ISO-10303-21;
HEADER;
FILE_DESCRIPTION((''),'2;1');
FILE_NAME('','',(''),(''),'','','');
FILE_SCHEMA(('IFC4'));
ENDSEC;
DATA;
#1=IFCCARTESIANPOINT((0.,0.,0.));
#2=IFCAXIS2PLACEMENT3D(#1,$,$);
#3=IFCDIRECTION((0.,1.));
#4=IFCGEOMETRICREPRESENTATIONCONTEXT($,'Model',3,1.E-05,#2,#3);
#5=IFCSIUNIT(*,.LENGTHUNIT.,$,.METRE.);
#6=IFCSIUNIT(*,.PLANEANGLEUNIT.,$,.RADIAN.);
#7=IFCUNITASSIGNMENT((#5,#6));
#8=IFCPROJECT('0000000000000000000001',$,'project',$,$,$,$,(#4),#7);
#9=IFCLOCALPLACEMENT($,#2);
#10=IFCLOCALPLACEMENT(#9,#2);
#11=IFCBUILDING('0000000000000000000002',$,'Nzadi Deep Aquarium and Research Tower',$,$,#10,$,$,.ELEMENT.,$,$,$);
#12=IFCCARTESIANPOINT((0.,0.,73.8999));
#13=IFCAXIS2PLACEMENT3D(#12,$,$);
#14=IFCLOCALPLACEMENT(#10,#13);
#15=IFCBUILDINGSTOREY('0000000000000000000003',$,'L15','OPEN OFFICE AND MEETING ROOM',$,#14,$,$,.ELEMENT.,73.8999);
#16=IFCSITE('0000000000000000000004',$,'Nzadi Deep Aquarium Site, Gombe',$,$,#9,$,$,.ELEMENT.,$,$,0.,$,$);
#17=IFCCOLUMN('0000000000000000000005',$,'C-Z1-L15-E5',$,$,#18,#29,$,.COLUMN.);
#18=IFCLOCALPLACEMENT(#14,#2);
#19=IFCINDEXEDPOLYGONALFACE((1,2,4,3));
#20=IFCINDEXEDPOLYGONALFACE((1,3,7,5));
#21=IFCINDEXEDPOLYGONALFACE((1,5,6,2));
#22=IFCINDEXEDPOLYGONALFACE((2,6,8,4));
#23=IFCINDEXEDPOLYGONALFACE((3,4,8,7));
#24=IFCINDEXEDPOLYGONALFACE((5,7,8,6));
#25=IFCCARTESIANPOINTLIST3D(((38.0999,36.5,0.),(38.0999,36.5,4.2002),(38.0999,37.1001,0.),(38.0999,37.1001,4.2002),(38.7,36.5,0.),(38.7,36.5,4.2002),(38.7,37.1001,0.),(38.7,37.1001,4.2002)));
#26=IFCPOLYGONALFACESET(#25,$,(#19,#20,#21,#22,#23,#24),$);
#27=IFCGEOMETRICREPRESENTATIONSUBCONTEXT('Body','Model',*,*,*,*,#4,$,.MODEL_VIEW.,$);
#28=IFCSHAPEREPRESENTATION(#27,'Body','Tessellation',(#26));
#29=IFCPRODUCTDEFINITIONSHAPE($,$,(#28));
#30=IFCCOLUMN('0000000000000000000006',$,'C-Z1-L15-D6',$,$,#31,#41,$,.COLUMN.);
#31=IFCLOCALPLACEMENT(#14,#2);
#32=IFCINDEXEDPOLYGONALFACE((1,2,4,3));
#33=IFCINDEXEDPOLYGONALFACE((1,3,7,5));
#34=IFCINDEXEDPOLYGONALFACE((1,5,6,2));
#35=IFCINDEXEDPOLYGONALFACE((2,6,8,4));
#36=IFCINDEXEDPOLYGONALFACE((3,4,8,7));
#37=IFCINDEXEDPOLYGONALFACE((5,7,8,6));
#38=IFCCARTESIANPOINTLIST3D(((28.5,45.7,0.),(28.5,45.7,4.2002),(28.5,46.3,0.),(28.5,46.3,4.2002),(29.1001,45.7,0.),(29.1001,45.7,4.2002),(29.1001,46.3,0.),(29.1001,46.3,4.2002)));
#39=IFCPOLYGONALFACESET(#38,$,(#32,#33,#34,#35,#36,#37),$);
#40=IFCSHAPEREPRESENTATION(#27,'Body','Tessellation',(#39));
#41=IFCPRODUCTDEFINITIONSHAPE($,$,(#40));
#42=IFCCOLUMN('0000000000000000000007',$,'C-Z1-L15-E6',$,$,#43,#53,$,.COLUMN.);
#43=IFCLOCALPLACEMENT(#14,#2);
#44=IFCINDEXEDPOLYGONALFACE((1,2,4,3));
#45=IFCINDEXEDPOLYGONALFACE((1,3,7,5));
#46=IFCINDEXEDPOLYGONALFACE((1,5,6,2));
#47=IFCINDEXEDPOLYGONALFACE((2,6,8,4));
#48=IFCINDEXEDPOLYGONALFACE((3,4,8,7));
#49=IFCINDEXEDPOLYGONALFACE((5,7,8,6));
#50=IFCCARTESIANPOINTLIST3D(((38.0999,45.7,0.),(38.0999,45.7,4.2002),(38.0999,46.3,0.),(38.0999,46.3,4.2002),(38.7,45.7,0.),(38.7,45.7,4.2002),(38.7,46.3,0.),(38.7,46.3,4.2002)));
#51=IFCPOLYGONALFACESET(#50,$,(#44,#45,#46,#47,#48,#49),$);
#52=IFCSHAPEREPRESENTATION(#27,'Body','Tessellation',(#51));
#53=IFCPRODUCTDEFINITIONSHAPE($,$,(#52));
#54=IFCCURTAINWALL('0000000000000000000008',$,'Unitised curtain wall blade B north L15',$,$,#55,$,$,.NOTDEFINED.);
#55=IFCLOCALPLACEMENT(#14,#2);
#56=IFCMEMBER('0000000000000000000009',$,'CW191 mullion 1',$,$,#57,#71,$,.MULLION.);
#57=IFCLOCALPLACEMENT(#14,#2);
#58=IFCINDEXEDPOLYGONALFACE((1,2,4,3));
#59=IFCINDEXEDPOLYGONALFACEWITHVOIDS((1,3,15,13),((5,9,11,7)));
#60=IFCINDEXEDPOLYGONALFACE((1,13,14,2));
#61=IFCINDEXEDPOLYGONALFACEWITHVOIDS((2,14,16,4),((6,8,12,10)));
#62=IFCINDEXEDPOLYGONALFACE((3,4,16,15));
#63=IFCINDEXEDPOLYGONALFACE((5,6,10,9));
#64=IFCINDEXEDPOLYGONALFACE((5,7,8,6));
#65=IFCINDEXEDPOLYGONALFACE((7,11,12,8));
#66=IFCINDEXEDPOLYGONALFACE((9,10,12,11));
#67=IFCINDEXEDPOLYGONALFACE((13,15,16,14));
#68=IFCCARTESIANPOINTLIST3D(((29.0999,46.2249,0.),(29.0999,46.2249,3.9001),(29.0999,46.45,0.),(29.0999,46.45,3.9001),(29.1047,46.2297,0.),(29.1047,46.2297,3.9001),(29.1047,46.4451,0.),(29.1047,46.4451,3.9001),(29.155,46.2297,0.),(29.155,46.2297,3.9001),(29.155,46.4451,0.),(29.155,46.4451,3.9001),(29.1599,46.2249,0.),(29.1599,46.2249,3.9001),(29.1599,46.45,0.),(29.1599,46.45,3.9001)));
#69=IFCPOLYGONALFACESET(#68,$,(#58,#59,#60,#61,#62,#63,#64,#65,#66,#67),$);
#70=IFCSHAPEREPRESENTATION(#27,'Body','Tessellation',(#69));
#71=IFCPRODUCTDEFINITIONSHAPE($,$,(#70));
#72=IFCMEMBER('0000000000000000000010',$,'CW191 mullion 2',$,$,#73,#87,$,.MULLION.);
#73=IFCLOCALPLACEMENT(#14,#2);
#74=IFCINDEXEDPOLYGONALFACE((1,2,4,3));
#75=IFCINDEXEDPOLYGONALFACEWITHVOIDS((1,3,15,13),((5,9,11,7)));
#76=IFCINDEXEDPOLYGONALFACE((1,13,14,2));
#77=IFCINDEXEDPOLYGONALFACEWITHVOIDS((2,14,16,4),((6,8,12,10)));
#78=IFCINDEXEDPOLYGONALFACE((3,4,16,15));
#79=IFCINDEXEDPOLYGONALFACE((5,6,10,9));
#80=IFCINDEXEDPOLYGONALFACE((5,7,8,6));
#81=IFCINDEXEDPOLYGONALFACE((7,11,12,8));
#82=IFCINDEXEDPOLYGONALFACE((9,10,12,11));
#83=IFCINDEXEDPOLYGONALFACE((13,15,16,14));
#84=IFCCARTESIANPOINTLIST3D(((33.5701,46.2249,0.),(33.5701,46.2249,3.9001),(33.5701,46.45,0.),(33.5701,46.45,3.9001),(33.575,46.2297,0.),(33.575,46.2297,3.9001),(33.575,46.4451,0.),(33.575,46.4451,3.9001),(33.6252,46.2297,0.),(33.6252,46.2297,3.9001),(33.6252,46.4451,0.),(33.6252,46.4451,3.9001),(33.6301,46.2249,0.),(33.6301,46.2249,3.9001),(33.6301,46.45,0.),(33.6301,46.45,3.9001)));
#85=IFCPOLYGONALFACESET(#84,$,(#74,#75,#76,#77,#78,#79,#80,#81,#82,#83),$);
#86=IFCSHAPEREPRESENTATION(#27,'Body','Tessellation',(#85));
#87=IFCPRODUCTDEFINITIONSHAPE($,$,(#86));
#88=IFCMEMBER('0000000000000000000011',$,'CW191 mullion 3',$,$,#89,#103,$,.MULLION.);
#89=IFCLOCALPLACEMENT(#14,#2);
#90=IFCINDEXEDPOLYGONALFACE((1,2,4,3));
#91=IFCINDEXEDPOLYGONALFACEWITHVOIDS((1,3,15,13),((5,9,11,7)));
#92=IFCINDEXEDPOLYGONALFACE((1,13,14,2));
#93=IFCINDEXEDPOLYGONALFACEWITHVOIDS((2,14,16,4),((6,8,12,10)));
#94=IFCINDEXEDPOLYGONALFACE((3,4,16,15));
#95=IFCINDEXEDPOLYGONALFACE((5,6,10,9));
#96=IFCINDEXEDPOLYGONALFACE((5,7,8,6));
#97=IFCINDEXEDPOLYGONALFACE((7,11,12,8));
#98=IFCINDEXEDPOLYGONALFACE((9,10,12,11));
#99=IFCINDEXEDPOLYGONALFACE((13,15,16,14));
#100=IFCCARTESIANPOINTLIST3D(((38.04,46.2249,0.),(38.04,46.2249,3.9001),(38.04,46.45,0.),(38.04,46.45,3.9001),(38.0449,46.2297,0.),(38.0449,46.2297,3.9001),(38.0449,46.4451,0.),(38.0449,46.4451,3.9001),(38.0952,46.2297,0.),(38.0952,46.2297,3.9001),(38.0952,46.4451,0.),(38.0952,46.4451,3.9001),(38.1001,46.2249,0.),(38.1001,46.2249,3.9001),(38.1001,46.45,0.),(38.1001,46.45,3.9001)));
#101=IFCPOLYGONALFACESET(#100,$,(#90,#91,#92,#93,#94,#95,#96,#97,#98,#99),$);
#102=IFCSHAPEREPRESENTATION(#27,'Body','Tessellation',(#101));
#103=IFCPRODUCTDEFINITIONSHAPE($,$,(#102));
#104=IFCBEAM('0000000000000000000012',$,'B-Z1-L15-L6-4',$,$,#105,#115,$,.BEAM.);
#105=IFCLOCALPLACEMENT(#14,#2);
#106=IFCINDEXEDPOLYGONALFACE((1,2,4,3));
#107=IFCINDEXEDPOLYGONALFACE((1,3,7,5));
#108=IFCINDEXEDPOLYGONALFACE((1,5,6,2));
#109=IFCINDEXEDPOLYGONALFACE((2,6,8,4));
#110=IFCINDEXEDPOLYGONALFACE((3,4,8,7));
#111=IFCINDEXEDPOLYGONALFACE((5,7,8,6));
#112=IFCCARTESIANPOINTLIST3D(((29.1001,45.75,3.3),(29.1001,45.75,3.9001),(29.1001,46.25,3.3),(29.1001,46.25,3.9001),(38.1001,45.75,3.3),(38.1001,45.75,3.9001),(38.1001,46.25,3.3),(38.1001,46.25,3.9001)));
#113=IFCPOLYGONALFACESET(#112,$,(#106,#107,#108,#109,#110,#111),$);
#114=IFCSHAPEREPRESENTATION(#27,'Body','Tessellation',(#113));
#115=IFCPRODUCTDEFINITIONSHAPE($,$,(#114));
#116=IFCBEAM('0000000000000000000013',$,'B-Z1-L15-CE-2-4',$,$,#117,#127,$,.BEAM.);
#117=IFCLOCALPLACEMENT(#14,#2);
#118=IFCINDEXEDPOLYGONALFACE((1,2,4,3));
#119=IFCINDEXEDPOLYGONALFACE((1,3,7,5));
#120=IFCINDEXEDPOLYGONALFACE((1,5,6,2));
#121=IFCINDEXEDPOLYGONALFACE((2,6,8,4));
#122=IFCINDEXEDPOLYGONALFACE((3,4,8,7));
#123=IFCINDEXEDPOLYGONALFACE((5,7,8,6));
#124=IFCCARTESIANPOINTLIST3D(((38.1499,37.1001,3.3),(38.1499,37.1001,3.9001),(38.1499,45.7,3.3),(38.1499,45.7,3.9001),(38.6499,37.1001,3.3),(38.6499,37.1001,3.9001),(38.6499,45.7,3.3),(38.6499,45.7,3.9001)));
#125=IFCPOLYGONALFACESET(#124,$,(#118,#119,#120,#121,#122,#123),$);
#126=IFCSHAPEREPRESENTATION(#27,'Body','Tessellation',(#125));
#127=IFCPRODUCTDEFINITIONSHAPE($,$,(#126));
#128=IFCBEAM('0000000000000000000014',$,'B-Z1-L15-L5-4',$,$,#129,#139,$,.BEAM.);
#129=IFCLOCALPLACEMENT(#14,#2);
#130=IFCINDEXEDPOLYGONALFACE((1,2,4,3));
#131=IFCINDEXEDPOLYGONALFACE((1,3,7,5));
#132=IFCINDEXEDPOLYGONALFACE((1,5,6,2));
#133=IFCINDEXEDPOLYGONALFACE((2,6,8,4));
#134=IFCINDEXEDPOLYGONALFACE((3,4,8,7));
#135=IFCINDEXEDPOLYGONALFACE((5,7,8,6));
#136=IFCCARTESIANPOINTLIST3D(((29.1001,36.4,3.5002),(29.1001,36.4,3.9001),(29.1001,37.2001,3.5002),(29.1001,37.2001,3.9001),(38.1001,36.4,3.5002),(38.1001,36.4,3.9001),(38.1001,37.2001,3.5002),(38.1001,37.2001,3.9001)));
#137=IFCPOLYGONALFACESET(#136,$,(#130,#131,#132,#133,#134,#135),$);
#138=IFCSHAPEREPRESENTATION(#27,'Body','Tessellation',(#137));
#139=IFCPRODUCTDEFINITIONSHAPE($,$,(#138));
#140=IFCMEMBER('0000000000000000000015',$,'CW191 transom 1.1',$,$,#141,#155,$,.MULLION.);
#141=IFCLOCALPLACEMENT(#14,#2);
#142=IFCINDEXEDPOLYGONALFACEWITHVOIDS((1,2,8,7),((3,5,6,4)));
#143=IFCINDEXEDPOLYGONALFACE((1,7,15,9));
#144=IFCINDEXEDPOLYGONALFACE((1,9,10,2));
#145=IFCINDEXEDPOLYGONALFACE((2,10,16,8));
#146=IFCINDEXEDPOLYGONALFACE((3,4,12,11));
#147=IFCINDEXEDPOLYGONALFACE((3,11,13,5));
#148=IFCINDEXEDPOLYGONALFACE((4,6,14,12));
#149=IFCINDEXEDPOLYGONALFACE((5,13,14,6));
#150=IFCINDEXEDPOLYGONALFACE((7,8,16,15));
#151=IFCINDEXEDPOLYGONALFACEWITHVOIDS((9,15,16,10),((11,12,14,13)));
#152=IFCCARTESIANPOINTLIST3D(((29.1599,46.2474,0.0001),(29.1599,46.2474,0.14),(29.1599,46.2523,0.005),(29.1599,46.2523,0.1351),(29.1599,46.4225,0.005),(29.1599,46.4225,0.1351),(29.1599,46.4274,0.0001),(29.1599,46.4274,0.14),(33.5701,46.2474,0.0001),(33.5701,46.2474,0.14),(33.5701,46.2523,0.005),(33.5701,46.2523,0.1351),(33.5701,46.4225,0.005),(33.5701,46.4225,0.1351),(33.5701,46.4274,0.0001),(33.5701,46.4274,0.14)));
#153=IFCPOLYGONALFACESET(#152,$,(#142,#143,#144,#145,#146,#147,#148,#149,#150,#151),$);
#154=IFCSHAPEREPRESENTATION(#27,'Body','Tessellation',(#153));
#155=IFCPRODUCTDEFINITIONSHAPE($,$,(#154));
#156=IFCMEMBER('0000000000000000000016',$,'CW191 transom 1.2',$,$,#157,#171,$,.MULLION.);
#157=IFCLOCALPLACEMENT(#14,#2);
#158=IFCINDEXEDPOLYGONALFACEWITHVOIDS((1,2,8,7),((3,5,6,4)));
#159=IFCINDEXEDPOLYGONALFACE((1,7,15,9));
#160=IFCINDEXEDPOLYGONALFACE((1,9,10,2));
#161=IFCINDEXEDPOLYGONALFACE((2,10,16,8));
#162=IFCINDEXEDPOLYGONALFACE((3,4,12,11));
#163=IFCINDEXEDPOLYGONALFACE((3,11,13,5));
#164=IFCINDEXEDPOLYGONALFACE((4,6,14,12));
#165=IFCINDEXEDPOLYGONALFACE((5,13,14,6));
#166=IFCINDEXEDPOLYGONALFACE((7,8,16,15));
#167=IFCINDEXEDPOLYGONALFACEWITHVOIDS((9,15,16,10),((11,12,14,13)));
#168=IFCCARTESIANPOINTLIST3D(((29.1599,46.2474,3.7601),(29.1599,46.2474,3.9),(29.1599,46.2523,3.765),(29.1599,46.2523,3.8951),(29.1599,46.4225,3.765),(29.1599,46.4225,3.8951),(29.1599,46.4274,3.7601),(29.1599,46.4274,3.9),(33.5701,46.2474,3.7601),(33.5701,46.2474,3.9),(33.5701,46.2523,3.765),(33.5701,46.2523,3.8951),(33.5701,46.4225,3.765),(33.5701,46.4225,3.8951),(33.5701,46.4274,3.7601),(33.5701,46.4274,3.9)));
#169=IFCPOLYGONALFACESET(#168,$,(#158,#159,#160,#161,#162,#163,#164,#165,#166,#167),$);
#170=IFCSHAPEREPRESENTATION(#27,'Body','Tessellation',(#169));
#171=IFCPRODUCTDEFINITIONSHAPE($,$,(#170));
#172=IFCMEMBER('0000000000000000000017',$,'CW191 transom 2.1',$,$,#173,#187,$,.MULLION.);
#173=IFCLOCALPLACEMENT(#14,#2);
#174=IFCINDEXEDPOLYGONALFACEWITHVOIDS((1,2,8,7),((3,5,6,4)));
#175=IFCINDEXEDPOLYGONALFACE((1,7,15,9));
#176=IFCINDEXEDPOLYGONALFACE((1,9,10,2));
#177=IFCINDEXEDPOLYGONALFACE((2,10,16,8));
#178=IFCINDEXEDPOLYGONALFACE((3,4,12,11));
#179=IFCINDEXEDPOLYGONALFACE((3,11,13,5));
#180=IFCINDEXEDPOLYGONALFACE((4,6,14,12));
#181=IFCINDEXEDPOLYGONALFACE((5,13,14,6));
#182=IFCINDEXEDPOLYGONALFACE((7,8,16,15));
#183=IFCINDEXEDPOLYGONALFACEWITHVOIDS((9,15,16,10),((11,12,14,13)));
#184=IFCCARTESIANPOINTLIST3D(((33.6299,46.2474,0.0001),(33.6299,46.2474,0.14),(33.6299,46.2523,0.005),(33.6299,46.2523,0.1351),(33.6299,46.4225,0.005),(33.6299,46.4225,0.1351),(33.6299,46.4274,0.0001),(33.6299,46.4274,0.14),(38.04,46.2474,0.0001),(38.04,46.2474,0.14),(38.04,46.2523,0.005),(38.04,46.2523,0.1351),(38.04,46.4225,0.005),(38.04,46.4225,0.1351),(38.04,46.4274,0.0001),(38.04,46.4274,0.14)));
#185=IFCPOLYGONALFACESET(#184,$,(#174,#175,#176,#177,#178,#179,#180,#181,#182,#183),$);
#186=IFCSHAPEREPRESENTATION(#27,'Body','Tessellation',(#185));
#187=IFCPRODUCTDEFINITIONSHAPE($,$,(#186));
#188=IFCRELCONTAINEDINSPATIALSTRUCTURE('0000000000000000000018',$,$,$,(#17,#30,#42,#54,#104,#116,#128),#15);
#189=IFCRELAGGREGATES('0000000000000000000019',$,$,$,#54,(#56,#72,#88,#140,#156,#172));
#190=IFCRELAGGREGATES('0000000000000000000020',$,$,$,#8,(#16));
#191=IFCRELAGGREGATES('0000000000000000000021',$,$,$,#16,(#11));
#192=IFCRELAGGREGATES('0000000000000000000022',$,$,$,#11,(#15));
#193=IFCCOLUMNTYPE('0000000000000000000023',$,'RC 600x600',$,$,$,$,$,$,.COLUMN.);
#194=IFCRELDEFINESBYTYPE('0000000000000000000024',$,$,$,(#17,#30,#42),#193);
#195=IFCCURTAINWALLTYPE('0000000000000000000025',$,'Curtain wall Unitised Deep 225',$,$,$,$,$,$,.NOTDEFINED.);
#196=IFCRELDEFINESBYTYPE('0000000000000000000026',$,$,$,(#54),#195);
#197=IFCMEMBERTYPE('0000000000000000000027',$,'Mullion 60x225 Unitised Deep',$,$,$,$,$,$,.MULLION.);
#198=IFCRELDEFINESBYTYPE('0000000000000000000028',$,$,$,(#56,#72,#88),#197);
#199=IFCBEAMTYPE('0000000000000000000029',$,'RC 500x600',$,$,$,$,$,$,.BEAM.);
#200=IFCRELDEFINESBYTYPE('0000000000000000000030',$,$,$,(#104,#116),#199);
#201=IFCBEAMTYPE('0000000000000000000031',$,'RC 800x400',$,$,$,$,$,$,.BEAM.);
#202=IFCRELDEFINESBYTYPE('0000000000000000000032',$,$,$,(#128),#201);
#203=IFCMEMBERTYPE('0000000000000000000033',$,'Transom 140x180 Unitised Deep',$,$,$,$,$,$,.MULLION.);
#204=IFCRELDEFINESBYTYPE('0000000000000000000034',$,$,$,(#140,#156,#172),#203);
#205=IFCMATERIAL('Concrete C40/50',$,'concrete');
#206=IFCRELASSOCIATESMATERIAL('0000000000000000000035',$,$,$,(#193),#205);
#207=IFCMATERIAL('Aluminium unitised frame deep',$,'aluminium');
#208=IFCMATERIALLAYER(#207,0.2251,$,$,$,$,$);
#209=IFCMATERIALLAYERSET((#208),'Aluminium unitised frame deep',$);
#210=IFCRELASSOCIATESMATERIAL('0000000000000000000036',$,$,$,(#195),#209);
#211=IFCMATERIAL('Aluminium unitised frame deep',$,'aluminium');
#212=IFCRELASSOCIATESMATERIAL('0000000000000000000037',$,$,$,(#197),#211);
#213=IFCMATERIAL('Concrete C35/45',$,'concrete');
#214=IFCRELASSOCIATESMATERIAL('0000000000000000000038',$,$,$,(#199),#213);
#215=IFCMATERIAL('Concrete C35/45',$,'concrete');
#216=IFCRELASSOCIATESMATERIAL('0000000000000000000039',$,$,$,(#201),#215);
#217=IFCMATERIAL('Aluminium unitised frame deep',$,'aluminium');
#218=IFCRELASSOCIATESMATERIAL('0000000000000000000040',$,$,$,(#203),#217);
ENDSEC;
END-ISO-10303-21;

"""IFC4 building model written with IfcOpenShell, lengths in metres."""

from ifc_helpers import new_model, si_unit, direction, frame, origin, origin_2d, place, context, subcontext, project, spatial, rectangle, hollow_rectangle, extrude, material, layer, layer_set, material_profile, profile_set, type_object, element, aggregate, save


model = new_model("IFC4")

# Units and contexts
model_context = context("Model", 3, precision=1e-05, world=origin(), true_north=direction((0.0, 1.0)))
body_context = subcontext(model_context, "Body", "Model", "MODEL_VIEW")
ifc_project = project(units=[si_unit("LENGTHUNIT", "METRE"), si_unit("PLANEANGLEUNIT", "RADIAN")], contexts=[model_context])

# Site, building, storey
site_placement = place(None, origin())
site = spatial("IfcSite", under=ifc_project, at=site_placement, Name="Nzadi Deep Aquarium Site, Gombe", CompositionType="ELEMENT", RefElevation=0.0)
building_placement = place(site_placement, origin())
building = spatial("IfcBuilding", under=site, at=building_placement, Name="Nzadi Deep Aquarium and Research Tower", CompositionType="ELEMENT")
storey_placement = place(building_placement, frame((0.0, 0.0, 73.8999)))
storey = spatial("IfcBuildingStorey", under=building, at=storey_placement, Name="L15", Description="OPEN OFFICE AND MEETING ROOM", CompositionType="ELEMENT", Elevation=73.8999)

# Columns
ifc_material_1 = material(Name="Concrete C40/50", Category="concrete")
ifc_material_profile_1 = material_profile(ifc_material_1, rectangle(XDim=0.6001, YDim=0.6001, at=origin_2d()))
ifc_profile_set_1 = profile_set([ifc_material_profile_1], Name="Concrete C40/50")
column_type = type_object("IfcColumnType", Name="RC 600x600", PredefinedType="COLUMN", material=ifc_profile_set_1)
for number, where, z_axis, x_axis, name in (
    (1, (38.3999, 36.8, 0.0), (0.0, 0.0, 1.0), (1.0, 0.0, 0.0), "C-Z1-L15-E5"),
    (2, (28.8, 46.0, 0.0), (0.0, 0.0, 1.0), (1.0, 0.0, 0.0), "C-Z1-L15-D6"),
    (3, (38.3999, 46.0, 0.0), (0.0, 0.0, 1.0), (1.0, 0.0, 0.0), "C-Z1-L15-E6"),
):
    element("IfcColumn", number, at=place(storey_placement, frame(where, z_axis=z_axis, x_axis=x_axis)), inside=storey, type_object=column_type, Name=name, PredefinedType="COLUMN", context=body_context, shape_type="SweptSolid", body=[
        extrude(rectangle(XDim=0.6001, YDim=0.6001, at=origin_2d()), origin(), (0.0, 0.0, 1.0), 4.2002),
    ])

# Curtain wall, members
ifc_material_2 = material(Name="Aluminium unitised frame deep", Category="aluminium")
ifc_layer_1 = layer(ifc_material_2, 0.2251)
ifc_layer_set_1 = layer_set([ifc_layer_1], Name="Aluminium unitised frame deep")
curtain_wall_type = type_object("IfcCurtainWallType", Name="Curtain wall Unitised Deep 225", PredefinedType="NOTDEFINED", material=ifc_layer_set_1)
curtain_wall_placement = place(storey_placement, origin())
curtain_wall = element("IfcCurtainWall", 4, at=curtain_wall_placement, inside=storey, type_object=curtain_wall_type, Name="Unitised curtain wall blade B north L15", PredefinedType="NOTDEFINED")
ifc_material_3 = material(Name="Aluminium unitised frame deep", Category="aluminium")
ifc_material_profile_2 = material_profile(ifc_material_3, hollow_rectangle(XDim=0.2251, YDim=0.0601, WallThickness=0.0049, at=origin_2d()))
ifc_profile_set_2 = profile_set([ifc_material_profile_2], Name="Aluminium unitised frame deep")
member_type_1 = type_object("IfcMemberType", Name="Mullion 60x225 Unitised Deep", PredefinedType="MULLION", material=ifc_profile_set_2)
member_1_placement = place(storey_placement, frame((29.1299, 46.3374, 0.0), z_axis=(0.0, 0.0, 1.0), x_axis=(0.0, 1.0, 0.0)))
member_1 = element("IfcMember", 5, at=member_1_placement, type_object=member_type_1, Name="CW191 mullion 1", PredefinedType="MULLION", context=body_context, shape_type="SweptSolid", body=[
    extrude(hollow_rectangle(XDim=0.2251, YDim=0.0601, WallThickness=0.0049, at=origin_2d()), origin(), (0.0, 0.0, 1.0), 3.9001),
])
member_2_placement = place(storey_placement, frame((33.6001, 46.3374, 0.0), z_axis=(0.0, 0.0, 1.0), x_axis=(0.0, 1.0, 0.0)))
member_2 = element("IfcMember", 6, at=member_2_placement, type_object=member_type_1, Name="CW191 mullion 2", PredefinedType="MULLION", context=body_context, shape_type="SweptSolid", body=[
    extrude(hollow_rectangle(XDim=0.2251, YDim=0.0601, WallThickness=0.0049, at=origin_2d()), origin(), (0.0, 0.0, 1.0), 3.9001),
])
member_3_placement = place(storey_placement, frame((38.0701, 46.3374, 0.0), z_axis=(0.0, 0.0, 1.0), x_axis=(0.0, 1.0, 0.0)))
member_3 = element("IfcMember", 7, at=member_3_placement, type_object=member_type_1, Name="CW191 mullion 3", PredefinedType="MULLION", context=body_context, shape_type="SweptSolid", body=[
    extrude(hollow_rectangle(XDim=0.2251, YDim=0.0601, WallThickness=0.0049, at=origin_2d()), origin(), (0.0, 0.0, 1.0), 3.9001),
])

# Beams
ifc_material_4 = material(Name="Concrete C35/45", Category="concrete")
ifc_material_profile_3 = material_profile(ifc_material_4, rectangle(XDim=0.5, YDim=0.6001, at=origin_2d()))
ifc_profile_set_3 = profile_set([ifc_material_profile_3], Name="Concrete C35/45")
beam_type_1 = type_object("IfcBeamType", Name="RC 500x600", PredefinedType="BEAM", material=ifc_profile_set_3)
beam_1_placement = place(storey_placement, frame((29.1001, 46.0, 3.6001), z_axis=(1.0, 0.0, 0.0), x_axis=(0.0, 1.0, 0.0)))
element("IfcBeam", 8, at=beam_1_placement, inside=storey, type_object=beam_type_1, Name="B-Z1-L15-L6-4", PredefinedType="BEAM", context=body_context, shape_type="SweptSolid", body=[
    extrude(rectangle(XDim=0.5, YDim=0.6001, at=origin_2d()), origin(), (0.0, 0.0, 1.0), 9.0),
])
beam_2_placement = place(storey_placement, frame((38.3999, 37.1001, 3.6001), z_axis=(0.0, 1.0, 0.0), x_axis=(-1.0, 0.0, 0.0)))
element("IfcBeam", 9, at=beam_2_placement, inside=storey, type_object=beam_type_1, Name="B-Z1-L15-CE-2-4", PredefinedType="BEAM", context=body_context, shape_type="SweptSolid", body=[
    extrude(rectangle(XDim=0.5, YDim=0.6001, at=origin_2d()), origin(), (0.0, 0.0, 1.0), 8.5999),
])
ifc_material_5 = material(Name="Concrete C35/45", Category="concrete")
ifc_material_profile_4 = material_profile(ifc_material_5, rectangle(XDim=0.8, YDim=0.3999, at=origin_2d()))
ifc_profile_set_4 = profile_set([ifc_material_profile_4], Name="Concrete C35/45")
beam_type_2 = type_object("IfcBeamType", Name="RC 800x400", PredefinedType="BEAM", material=ifc_profile_set_4)
beam_3_placement = place(storey_placement, frame((29.1001, 36.8, 3.7002), z_axis=(1.0, 0.0, 0.0), x_axis=(0.0, 1.0, 0.0)))
element("IfcBeam", 10, at=beam_3_placement, inside=storey, type_object=beam_type_2, Name="B-Z1-L15-L5-4", PredefinedType="BEAM", context=body_context, shape_type="SweptSolid", body=[
    extrude(rectangle(XDim=0.8, YDim=0.3999, at=origin_2d()), origin(), (0.0, 0.0, 1.0), 9.0),
])

# Members
ifc_material_6 = material(Name="Aluminium unitised frame deep", Category="aluminium")
ifc_material_profile_5 = material_profile(ifc_material_6, hollow_rectangle(XDim=0.1799, YDim=0.1399, WallThickness=0.0049, at=origin_2d()))
ifc_profile_set_5 = profile_set([ifc_material_profile_5], Name="Aluminium unitised frame deep")
member_type_2 = type_object("IfcMemberType", Name="Transom 140x180 Unitised Deep", PredefinedType="MULLION", material=ifc_profile_set_5)
member_4_placement = place(storey_placement, frame((29.1599, 46.3374, 0.0701), z_axis=(1.0, 0.0, 0.0), x_axis=(0.0, 1.0, 0.0)))
member_4 = element("IfcMember", 11, at=member_4_placement, type_object=member_type_2, Name="CW191 transom 1.1", PredefinedType="MULLION", context=body_context, shape_type="SweptSolid", body=[
    extrude(hollow_rectangle(XDim=0.1799, YDim=0.1399, WallThickness=0.0049, at=origin_2d()), origin(), (0.0, 0.0, 1.0), 4.4102),
])
member_5_placement = place(storey_placement, frame((29.1599, 46.3374, 3.8301), z_axis=(1.0, 0.0, 0.0), x_axis=(0.0, 1.0, 0.0)))
member_5 = element("IfcMember", 12, at=member_5_placement, type_object=member_type_2, Name="CW191 transom 1.2", PredefinedType="MULLION", context=body_context, shape_type="SweptSolid", body=[
    extrude(hollow_rectangle(XDim=0.1799, YDim=0.1399, WallThickness=0.0049, at=origin_2d()), origin(), (0.0, 0.0, 1.0), 4.4102),
])
member_6_placement = place(storey_placement, frame((33.6299, 46.3374, 0.0701), z_axis=(1.0, 0.0, 0.0), x_axis=(0.0, 1.0, 0.0)))
member_6 = element("IfcMember", 13, at=member_6_placement, type_object=member_type_2, Name="CW191 transom 2.1", PredefinedType="MULLION", context=body_context, shape_type="SweptSolid", body=[
    extrude(hollow_rectangle(XDim=0.1799, YDim=0.1399, WallThickness=0.0049, at=origin_2d()), origin(), (0.0, 0.0, 1.0), 4.4102),
])

aggregate(curtain_wall, [member_1, member_2, member_3, member_4, member_5, member_6])

save(model, "model.ifc")
